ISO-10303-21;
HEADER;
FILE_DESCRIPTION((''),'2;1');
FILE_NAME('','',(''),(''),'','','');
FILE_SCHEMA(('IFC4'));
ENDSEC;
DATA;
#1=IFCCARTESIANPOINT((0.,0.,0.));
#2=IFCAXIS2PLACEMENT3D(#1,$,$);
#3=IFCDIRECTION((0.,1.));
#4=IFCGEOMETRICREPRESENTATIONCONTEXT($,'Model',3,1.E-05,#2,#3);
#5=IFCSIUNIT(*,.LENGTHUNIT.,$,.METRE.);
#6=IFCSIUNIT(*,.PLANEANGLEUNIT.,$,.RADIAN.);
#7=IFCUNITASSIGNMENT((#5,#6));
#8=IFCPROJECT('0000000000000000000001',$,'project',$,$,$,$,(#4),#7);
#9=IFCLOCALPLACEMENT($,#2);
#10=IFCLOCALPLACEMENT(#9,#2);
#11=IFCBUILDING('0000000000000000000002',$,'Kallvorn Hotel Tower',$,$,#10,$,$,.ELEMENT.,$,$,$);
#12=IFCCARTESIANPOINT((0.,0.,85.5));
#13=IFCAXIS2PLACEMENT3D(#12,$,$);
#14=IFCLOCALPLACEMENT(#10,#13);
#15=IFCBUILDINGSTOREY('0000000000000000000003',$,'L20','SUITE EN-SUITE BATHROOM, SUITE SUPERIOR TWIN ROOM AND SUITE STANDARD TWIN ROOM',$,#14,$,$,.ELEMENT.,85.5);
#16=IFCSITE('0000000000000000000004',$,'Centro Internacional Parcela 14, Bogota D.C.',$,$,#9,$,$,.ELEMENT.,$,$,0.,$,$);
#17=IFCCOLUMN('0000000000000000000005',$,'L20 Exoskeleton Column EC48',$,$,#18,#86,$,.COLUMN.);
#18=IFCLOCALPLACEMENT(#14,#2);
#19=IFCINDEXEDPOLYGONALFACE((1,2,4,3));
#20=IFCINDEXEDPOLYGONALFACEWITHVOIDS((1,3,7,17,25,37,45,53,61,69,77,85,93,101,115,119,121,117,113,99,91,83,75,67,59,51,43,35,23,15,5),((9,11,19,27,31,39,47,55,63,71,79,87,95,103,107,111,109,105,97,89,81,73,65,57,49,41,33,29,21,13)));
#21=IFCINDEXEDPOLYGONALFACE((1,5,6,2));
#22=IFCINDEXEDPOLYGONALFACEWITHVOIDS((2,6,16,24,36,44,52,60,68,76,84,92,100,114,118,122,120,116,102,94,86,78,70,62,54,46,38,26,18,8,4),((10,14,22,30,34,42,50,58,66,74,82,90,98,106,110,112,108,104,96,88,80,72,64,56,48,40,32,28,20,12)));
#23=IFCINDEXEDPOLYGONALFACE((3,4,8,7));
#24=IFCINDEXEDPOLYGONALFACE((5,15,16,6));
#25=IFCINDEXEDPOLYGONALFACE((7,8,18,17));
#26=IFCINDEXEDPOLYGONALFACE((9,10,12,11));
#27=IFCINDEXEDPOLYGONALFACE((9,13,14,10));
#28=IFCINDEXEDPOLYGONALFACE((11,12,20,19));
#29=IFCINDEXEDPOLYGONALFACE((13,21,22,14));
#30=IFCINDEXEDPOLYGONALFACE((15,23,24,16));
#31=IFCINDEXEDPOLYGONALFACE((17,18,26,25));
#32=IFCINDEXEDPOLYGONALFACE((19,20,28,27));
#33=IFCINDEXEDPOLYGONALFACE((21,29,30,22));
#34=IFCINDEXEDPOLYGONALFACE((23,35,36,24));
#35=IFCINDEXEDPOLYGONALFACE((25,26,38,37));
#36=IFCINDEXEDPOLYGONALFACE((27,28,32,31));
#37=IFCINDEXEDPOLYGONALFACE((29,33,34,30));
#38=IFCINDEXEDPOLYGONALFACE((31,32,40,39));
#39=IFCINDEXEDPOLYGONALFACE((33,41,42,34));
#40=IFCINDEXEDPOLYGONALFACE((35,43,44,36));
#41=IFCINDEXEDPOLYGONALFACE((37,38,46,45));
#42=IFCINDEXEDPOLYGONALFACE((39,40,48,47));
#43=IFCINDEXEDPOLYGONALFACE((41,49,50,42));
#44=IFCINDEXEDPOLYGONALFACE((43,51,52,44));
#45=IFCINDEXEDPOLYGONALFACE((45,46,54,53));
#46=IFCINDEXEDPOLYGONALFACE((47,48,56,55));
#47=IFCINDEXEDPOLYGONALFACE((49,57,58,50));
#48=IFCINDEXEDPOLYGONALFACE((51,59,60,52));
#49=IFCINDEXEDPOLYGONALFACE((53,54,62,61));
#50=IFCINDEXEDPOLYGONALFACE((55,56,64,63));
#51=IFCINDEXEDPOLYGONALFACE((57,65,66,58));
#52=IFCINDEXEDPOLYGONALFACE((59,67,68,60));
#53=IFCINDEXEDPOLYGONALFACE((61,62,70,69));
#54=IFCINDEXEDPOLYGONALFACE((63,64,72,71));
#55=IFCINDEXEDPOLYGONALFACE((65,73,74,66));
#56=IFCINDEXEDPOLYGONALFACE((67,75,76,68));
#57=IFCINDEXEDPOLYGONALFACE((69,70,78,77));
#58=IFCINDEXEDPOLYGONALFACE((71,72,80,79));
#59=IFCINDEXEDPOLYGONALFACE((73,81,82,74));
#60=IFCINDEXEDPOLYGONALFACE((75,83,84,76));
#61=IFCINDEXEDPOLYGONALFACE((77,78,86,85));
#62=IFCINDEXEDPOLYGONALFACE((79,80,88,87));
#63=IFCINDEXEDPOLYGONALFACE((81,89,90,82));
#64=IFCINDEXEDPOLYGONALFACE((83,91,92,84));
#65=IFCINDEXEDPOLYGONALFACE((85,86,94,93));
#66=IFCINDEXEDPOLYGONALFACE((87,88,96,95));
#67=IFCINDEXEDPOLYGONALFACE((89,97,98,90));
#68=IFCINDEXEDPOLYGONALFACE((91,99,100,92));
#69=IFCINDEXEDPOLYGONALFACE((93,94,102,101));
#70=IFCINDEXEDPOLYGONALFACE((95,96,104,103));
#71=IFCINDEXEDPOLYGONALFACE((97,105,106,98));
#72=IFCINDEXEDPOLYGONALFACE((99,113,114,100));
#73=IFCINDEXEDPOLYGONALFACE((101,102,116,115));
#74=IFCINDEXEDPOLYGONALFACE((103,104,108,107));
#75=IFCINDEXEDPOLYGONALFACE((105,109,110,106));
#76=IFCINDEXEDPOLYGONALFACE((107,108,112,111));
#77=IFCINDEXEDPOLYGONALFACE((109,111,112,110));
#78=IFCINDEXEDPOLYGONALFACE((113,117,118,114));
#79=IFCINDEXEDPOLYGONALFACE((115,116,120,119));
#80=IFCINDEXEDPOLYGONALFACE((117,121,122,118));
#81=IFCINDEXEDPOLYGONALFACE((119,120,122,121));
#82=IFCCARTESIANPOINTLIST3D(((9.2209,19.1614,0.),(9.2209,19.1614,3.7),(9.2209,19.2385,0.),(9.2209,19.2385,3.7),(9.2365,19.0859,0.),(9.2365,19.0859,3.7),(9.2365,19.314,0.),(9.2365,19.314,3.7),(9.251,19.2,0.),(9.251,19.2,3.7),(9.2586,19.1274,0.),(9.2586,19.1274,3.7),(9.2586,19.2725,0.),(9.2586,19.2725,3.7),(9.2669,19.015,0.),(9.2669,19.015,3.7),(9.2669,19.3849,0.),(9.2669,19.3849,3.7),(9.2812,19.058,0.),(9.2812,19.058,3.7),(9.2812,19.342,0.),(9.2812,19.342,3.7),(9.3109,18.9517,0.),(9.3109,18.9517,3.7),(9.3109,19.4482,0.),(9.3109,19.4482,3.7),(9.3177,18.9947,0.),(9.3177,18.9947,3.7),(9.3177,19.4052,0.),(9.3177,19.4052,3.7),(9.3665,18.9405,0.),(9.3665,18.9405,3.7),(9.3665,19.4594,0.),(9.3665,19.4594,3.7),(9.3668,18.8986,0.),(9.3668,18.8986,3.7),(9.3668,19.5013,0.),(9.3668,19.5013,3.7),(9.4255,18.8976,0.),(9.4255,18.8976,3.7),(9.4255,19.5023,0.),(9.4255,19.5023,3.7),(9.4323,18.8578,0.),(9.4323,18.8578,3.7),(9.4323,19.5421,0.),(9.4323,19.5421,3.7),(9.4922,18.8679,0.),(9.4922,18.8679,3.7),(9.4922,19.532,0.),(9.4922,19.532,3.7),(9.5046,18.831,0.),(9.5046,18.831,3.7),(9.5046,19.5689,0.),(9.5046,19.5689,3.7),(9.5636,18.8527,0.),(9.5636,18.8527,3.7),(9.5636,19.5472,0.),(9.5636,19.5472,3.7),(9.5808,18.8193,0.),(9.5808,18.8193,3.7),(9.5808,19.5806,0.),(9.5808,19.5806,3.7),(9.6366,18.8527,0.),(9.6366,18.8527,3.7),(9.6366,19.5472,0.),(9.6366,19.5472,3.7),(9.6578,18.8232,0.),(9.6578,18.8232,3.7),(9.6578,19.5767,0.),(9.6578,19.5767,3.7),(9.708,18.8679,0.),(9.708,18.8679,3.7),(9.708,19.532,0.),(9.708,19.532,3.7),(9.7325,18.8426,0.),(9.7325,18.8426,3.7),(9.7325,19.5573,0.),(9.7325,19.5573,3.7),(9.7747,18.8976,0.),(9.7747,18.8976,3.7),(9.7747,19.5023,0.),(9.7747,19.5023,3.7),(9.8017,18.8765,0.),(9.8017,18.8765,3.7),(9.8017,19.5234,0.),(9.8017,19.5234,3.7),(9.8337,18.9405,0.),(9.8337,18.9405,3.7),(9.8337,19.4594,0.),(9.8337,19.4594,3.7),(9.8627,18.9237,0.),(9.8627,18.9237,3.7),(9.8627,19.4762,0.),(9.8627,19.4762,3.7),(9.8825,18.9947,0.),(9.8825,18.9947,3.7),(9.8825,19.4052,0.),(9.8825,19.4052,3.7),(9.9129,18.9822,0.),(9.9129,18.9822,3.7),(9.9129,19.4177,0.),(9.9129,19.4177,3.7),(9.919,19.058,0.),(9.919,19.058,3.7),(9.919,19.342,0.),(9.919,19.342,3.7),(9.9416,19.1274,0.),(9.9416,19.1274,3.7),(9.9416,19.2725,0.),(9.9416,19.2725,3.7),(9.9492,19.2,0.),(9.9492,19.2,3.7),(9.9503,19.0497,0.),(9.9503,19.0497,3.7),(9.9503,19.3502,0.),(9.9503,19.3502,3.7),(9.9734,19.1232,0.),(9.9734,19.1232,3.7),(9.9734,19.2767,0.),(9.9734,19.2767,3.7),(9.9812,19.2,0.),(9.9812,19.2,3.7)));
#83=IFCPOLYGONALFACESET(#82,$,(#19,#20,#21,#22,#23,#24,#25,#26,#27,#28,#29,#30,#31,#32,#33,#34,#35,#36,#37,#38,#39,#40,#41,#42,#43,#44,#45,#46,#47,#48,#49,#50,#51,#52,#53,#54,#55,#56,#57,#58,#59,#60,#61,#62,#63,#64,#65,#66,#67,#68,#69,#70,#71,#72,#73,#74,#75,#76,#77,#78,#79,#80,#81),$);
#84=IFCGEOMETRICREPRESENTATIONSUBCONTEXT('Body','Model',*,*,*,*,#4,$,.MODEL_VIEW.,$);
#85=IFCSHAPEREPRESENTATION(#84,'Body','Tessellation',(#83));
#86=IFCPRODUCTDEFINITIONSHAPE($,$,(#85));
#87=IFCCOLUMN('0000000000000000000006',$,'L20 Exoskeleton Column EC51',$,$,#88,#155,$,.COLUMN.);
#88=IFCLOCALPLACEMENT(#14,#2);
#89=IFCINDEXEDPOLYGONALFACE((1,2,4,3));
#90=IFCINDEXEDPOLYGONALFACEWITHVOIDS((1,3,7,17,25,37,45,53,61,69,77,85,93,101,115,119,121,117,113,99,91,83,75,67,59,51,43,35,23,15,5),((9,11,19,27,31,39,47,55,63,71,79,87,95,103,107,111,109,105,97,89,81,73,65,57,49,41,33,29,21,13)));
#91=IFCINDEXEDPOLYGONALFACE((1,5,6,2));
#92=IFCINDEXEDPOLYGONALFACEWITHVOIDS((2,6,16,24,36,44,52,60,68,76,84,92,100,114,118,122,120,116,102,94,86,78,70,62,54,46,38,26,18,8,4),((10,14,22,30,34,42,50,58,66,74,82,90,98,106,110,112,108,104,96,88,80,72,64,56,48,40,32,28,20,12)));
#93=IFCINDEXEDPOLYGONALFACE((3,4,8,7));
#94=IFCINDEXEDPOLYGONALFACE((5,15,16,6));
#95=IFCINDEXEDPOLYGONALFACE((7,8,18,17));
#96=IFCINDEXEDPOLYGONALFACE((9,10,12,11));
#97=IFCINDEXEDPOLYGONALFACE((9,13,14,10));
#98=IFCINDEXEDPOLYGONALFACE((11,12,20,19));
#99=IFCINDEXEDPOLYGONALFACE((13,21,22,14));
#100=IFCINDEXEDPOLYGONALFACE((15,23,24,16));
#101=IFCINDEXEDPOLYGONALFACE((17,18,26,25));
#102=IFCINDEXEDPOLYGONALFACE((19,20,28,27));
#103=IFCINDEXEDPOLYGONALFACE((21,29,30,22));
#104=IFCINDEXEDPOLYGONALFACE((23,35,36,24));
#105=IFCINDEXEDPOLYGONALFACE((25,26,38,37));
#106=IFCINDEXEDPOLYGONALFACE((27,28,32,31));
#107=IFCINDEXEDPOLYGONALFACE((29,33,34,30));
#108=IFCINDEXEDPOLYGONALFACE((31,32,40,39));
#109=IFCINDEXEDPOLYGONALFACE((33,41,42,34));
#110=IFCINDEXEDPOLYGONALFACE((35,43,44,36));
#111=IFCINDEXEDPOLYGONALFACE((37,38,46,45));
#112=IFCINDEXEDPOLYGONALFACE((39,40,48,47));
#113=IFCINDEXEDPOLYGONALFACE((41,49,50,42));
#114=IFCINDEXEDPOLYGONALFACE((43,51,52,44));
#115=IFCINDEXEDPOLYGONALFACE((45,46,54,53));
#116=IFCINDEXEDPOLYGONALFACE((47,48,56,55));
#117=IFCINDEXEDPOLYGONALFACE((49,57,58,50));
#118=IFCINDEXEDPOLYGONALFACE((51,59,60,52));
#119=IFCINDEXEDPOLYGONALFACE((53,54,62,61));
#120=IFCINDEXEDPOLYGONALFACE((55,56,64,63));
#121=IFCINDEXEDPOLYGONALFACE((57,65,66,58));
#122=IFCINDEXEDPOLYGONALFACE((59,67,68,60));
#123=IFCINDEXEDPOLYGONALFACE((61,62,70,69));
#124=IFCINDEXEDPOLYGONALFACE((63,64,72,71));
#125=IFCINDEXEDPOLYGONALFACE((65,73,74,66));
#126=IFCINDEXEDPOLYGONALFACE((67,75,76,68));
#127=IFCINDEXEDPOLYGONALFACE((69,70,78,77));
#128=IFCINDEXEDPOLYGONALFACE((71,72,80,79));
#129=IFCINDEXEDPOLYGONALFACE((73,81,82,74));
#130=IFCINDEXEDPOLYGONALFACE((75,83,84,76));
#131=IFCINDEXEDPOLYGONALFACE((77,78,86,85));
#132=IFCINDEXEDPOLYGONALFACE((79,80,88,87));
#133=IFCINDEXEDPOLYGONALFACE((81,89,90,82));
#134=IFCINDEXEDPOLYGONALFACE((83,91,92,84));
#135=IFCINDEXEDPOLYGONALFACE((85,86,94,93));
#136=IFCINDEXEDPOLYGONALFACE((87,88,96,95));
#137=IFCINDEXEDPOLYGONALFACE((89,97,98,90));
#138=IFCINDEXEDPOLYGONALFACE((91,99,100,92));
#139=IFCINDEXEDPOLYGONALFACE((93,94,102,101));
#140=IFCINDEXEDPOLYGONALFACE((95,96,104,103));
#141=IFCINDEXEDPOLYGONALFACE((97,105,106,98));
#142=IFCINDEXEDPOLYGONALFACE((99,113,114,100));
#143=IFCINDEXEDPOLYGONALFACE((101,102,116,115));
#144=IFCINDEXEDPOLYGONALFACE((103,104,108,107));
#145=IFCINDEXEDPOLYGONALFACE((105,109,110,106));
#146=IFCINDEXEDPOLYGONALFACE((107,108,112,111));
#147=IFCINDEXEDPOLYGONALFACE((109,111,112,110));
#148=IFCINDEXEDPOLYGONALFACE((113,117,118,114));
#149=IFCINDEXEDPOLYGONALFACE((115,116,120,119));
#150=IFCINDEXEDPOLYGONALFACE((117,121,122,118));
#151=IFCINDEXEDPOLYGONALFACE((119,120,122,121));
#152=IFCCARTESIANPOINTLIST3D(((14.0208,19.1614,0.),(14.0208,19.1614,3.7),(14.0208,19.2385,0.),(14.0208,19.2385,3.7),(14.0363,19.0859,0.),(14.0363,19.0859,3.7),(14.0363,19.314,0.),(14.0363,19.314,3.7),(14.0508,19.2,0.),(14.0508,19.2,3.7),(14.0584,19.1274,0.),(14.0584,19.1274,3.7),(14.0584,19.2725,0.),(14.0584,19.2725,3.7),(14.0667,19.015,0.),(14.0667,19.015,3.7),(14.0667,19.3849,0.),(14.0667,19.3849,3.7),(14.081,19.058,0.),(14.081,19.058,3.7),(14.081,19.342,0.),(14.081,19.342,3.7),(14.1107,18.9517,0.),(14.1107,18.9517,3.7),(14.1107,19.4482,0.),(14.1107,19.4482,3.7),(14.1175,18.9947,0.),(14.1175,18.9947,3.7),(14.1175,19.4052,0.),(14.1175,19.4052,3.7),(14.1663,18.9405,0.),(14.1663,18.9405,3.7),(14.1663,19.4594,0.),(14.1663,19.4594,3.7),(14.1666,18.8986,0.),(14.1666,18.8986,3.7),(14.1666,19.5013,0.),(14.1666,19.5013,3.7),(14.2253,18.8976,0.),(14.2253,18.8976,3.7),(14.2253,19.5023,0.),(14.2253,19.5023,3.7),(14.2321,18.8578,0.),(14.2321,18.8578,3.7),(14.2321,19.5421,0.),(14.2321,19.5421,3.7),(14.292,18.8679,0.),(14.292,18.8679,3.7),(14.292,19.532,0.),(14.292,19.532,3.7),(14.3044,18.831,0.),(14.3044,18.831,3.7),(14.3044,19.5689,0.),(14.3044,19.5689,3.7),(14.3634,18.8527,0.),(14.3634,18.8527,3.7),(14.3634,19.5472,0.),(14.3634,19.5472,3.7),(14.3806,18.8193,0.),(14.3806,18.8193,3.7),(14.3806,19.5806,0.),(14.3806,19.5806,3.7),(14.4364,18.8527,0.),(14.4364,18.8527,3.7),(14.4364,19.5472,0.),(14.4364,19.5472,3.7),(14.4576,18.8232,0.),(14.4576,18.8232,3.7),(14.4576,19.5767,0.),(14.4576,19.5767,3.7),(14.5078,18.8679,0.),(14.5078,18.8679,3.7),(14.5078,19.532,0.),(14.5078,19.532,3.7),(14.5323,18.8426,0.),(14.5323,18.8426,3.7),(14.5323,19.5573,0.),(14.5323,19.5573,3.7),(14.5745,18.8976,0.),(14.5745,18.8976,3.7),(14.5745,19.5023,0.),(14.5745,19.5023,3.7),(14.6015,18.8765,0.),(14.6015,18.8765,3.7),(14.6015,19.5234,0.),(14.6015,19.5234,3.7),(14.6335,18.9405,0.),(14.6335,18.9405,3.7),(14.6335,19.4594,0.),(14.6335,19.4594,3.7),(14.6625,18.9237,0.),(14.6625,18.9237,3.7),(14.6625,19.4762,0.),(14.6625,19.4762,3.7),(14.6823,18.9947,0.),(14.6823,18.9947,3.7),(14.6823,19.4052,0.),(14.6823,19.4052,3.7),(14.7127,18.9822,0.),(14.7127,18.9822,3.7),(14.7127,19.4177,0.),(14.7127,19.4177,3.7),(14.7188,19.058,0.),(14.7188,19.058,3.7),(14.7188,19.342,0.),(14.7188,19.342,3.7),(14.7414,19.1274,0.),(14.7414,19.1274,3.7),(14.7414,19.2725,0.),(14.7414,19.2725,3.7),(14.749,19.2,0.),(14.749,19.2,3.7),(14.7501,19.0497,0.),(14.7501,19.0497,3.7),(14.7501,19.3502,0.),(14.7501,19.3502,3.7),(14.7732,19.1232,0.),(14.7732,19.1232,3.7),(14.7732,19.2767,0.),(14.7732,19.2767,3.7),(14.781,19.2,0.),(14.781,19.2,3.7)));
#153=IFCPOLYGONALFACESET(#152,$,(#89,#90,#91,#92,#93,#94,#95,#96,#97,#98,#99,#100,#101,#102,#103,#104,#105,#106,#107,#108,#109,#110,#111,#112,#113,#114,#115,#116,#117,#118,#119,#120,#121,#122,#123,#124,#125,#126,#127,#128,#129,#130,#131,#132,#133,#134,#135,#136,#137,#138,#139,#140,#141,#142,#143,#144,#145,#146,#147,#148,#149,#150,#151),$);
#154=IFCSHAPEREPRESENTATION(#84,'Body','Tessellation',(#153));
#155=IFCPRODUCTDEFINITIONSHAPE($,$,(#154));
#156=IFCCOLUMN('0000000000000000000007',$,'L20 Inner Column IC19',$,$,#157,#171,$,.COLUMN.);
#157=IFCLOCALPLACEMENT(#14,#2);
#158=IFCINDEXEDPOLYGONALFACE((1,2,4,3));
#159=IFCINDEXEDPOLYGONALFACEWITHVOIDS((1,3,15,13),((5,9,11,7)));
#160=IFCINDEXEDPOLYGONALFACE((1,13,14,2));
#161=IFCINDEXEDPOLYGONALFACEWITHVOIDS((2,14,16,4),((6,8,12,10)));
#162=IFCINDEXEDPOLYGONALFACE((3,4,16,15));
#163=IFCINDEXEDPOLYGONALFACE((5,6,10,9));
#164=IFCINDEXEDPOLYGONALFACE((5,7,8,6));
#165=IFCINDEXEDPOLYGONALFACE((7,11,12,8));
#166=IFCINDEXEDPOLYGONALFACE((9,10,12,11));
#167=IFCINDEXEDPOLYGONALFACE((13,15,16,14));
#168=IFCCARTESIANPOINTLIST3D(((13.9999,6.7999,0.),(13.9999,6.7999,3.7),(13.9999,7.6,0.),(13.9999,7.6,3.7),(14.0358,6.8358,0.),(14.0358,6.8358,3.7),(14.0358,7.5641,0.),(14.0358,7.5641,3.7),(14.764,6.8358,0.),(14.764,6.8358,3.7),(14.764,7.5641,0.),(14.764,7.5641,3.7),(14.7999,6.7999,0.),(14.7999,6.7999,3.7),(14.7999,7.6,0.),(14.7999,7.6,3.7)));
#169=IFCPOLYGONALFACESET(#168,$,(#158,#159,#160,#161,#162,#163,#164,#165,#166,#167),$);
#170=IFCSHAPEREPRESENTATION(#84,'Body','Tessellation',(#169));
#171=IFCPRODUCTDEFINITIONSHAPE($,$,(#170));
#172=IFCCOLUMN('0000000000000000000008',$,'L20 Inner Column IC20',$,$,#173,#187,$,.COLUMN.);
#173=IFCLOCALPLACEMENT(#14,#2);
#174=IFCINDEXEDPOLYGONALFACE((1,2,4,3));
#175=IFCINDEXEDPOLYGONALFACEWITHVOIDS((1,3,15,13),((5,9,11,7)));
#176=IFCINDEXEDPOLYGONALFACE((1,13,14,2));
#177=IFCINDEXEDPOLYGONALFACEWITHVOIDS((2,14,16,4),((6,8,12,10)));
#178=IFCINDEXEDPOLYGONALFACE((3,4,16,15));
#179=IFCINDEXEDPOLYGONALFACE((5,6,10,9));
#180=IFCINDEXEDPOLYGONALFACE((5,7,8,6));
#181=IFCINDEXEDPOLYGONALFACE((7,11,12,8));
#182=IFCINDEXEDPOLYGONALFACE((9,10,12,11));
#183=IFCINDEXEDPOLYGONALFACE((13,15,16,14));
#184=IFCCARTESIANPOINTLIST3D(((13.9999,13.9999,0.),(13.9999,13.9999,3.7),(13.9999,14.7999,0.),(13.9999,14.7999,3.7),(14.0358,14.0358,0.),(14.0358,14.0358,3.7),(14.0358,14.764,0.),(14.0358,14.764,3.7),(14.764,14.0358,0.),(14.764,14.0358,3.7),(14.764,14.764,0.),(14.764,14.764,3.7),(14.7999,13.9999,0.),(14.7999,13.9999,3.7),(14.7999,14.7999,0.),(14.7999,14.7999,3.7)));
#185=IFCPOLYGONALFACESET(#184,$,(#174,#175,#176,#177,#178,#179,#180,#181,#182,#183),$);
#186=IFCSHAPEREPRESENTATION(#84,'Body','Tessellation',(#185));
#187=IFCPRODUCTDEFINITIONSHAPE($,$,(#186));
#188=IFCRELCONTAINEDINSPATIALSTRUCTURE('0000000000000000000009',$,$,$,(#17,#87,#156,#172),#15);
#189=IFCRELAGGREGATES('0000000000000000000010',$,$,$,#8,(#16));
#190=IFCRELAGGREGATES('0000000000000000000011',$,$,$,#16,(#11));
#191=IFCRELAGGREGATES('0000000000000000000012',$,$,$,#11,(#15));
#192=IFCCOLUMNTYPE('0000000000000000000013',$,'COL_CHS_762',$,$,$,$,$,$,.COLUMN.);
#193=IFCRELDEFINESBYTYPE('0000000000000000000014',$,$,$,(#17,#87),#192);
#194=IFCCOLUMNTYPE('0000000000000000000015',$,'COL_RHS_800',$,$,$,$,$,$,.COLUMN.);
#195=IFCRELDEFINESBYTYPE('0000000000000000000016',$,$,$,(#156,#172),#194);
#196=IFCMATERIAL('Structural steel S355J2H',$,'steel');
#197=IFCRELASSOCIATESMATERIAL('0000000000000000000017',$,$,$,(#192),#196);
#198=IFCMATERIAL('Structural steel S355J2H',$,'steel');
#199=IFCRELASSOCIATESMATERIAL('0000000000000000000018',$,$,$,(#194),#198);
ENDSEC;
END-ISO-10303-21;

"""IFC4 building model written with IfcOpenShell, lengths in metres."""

from ifc_helpers import new_model, si_unit, direction, frame, origin, origin_2d, place, context, subcontext, project, spatial, hollow_rectangle, hollow_circle, extrude, material, material_profile, profile_set, type_object, element, save


model = new_model("IFC4")

# Units and contexts
model_context = context("Model", 3, precision=1e-05, world=origin(), true_north=direction((0.0, 1.0)))
body_context = subcontext(model_context, "Body", "Model", "MODEL_VIEW")
ifc_project = project(units=[si_unit("LENGTHUNIT", "METRE"), si_unit("PLANEANGLEUNIT", "RADIAN")], contexts=[model_context])

# Site, building, storey
site_placement = place(None, origin())
site = spatial("IfcSite", under=ifc_project, at=site_placement, Name="Centro Internacional Parcela 14, Bogota D.C.", CompositionType="ELEMENT", RefElevation=0.0)
building_placement = place(site_placement, origin())
building = spatial("IfcBuilding", under=site, at=building_placement, Name="Kallvorn Hotel Tower", CompositionType="ELEMENT")
storey_placement = place(building_placement, frame((0.0, 0.0, 85.5)))
storey = spatial("IfcBuildingStorey", under=building, at=storey_placement, Name="L20", Description="SUITE EN-SUITE BATHROOM, SUITE SUPERIOR TWIN ROOM AND SUITE STANDARD TWIN ROOM", CompositionType="ELEMENT", Elevation=85.5)

# Columns
ifc_material_1 = material(Name="Structural steel S355J2H", Category="steel")
ifc_material_profile_1 = material_profile(ifc_material_1, hollow_circle(Radius=0.3811, WallThickness=0.032, at=origin_2d()), Name="CHS 762x32")
ifc_profile_set_1 = profile_set([ifc_material_profile_1], Name="Structural steel S355J2H")
column_type_1 = type_object("IfcColumnType", Name="COL_CHS_762", PredefinedType="COLUMN", material=ifc_profile_set_1)
for number, where, z_axis, x_axis, name in (
    (1, (9.6001, 19.2, 0.0), (0.0, 0.0, 1.0), (1.0, 0.0, 0.0), "L20 Exoskeleton Column EC48"),
    (2, (14.3999, 19.2, 0.0), (0.0, 0.0, 1.0), (1.0, 0.0, 0.0), "L20 Exoskeleton Column EC51"),
):
    element("IfcColumn", number, at=place(storey_placement, frame(where, z_axis=z_axis, x_axis=x_axis)), inside=storey, type_object=column_type_1, Name=name, PredefinedType="COLUMN", context=body_context, shape_type="SweptSolid", body=[
        extrude(hollow_circle(Radius=0.3811, WallThickness=0.032, at=origin_2d()), origin(), (0.0, 0.0, 1.0), 3.7),
    ])
ifc_material_2 = material(Name="Structural steel S355J2H", Category="steel")
ifc_material_profile_2 = material_profile(ifc_material_2, hollow_rectangle(XDim=0.8, YDim=0.8, WallThickness=0.0359, at=origin_2d()), Name="RHS 800x800x36")
ifc_profile_set_2 = profile_set([ifc_material_profile_2], Name="Structural steel S355J2H")
column_type_2 = type_object("IfcColumnType", Name="COL_RHS_800", PredefinedType="COLUMN", material=ifc_profile_set_2)
for number, where, z_axis, x_axis, name in (
    (3, (14.3999, 7.2, 0.0), (0.0, 0.0, 1.0), (1.0, 0.0, 0.0), "L20 Inner Column IC19"),
    (4, (14.3999, 14.3999, 0.0), (0.0, 0.0, 1.0), (1.0, 0.0, 0.0), "L20 Inner Column IC20"),
):
    element("IfcColumn", number, at=place(storey_placement, frame(where, z_axis=z_axis, x_axis=x_axis)), inside=storey, type_object=column_type_2, Name=name, PredefinedType="COLUMN", context=body_context, shape_type="SweptSolid", body=[
        extrude(hollow_rectangle(XDim=0.8, YDim=0.8, WallThickness=0.0359, at=origin_2d()), origin(), (0.0, 0.0, 1.0), 3.7),
    ])

save(model, "model.ifc")
